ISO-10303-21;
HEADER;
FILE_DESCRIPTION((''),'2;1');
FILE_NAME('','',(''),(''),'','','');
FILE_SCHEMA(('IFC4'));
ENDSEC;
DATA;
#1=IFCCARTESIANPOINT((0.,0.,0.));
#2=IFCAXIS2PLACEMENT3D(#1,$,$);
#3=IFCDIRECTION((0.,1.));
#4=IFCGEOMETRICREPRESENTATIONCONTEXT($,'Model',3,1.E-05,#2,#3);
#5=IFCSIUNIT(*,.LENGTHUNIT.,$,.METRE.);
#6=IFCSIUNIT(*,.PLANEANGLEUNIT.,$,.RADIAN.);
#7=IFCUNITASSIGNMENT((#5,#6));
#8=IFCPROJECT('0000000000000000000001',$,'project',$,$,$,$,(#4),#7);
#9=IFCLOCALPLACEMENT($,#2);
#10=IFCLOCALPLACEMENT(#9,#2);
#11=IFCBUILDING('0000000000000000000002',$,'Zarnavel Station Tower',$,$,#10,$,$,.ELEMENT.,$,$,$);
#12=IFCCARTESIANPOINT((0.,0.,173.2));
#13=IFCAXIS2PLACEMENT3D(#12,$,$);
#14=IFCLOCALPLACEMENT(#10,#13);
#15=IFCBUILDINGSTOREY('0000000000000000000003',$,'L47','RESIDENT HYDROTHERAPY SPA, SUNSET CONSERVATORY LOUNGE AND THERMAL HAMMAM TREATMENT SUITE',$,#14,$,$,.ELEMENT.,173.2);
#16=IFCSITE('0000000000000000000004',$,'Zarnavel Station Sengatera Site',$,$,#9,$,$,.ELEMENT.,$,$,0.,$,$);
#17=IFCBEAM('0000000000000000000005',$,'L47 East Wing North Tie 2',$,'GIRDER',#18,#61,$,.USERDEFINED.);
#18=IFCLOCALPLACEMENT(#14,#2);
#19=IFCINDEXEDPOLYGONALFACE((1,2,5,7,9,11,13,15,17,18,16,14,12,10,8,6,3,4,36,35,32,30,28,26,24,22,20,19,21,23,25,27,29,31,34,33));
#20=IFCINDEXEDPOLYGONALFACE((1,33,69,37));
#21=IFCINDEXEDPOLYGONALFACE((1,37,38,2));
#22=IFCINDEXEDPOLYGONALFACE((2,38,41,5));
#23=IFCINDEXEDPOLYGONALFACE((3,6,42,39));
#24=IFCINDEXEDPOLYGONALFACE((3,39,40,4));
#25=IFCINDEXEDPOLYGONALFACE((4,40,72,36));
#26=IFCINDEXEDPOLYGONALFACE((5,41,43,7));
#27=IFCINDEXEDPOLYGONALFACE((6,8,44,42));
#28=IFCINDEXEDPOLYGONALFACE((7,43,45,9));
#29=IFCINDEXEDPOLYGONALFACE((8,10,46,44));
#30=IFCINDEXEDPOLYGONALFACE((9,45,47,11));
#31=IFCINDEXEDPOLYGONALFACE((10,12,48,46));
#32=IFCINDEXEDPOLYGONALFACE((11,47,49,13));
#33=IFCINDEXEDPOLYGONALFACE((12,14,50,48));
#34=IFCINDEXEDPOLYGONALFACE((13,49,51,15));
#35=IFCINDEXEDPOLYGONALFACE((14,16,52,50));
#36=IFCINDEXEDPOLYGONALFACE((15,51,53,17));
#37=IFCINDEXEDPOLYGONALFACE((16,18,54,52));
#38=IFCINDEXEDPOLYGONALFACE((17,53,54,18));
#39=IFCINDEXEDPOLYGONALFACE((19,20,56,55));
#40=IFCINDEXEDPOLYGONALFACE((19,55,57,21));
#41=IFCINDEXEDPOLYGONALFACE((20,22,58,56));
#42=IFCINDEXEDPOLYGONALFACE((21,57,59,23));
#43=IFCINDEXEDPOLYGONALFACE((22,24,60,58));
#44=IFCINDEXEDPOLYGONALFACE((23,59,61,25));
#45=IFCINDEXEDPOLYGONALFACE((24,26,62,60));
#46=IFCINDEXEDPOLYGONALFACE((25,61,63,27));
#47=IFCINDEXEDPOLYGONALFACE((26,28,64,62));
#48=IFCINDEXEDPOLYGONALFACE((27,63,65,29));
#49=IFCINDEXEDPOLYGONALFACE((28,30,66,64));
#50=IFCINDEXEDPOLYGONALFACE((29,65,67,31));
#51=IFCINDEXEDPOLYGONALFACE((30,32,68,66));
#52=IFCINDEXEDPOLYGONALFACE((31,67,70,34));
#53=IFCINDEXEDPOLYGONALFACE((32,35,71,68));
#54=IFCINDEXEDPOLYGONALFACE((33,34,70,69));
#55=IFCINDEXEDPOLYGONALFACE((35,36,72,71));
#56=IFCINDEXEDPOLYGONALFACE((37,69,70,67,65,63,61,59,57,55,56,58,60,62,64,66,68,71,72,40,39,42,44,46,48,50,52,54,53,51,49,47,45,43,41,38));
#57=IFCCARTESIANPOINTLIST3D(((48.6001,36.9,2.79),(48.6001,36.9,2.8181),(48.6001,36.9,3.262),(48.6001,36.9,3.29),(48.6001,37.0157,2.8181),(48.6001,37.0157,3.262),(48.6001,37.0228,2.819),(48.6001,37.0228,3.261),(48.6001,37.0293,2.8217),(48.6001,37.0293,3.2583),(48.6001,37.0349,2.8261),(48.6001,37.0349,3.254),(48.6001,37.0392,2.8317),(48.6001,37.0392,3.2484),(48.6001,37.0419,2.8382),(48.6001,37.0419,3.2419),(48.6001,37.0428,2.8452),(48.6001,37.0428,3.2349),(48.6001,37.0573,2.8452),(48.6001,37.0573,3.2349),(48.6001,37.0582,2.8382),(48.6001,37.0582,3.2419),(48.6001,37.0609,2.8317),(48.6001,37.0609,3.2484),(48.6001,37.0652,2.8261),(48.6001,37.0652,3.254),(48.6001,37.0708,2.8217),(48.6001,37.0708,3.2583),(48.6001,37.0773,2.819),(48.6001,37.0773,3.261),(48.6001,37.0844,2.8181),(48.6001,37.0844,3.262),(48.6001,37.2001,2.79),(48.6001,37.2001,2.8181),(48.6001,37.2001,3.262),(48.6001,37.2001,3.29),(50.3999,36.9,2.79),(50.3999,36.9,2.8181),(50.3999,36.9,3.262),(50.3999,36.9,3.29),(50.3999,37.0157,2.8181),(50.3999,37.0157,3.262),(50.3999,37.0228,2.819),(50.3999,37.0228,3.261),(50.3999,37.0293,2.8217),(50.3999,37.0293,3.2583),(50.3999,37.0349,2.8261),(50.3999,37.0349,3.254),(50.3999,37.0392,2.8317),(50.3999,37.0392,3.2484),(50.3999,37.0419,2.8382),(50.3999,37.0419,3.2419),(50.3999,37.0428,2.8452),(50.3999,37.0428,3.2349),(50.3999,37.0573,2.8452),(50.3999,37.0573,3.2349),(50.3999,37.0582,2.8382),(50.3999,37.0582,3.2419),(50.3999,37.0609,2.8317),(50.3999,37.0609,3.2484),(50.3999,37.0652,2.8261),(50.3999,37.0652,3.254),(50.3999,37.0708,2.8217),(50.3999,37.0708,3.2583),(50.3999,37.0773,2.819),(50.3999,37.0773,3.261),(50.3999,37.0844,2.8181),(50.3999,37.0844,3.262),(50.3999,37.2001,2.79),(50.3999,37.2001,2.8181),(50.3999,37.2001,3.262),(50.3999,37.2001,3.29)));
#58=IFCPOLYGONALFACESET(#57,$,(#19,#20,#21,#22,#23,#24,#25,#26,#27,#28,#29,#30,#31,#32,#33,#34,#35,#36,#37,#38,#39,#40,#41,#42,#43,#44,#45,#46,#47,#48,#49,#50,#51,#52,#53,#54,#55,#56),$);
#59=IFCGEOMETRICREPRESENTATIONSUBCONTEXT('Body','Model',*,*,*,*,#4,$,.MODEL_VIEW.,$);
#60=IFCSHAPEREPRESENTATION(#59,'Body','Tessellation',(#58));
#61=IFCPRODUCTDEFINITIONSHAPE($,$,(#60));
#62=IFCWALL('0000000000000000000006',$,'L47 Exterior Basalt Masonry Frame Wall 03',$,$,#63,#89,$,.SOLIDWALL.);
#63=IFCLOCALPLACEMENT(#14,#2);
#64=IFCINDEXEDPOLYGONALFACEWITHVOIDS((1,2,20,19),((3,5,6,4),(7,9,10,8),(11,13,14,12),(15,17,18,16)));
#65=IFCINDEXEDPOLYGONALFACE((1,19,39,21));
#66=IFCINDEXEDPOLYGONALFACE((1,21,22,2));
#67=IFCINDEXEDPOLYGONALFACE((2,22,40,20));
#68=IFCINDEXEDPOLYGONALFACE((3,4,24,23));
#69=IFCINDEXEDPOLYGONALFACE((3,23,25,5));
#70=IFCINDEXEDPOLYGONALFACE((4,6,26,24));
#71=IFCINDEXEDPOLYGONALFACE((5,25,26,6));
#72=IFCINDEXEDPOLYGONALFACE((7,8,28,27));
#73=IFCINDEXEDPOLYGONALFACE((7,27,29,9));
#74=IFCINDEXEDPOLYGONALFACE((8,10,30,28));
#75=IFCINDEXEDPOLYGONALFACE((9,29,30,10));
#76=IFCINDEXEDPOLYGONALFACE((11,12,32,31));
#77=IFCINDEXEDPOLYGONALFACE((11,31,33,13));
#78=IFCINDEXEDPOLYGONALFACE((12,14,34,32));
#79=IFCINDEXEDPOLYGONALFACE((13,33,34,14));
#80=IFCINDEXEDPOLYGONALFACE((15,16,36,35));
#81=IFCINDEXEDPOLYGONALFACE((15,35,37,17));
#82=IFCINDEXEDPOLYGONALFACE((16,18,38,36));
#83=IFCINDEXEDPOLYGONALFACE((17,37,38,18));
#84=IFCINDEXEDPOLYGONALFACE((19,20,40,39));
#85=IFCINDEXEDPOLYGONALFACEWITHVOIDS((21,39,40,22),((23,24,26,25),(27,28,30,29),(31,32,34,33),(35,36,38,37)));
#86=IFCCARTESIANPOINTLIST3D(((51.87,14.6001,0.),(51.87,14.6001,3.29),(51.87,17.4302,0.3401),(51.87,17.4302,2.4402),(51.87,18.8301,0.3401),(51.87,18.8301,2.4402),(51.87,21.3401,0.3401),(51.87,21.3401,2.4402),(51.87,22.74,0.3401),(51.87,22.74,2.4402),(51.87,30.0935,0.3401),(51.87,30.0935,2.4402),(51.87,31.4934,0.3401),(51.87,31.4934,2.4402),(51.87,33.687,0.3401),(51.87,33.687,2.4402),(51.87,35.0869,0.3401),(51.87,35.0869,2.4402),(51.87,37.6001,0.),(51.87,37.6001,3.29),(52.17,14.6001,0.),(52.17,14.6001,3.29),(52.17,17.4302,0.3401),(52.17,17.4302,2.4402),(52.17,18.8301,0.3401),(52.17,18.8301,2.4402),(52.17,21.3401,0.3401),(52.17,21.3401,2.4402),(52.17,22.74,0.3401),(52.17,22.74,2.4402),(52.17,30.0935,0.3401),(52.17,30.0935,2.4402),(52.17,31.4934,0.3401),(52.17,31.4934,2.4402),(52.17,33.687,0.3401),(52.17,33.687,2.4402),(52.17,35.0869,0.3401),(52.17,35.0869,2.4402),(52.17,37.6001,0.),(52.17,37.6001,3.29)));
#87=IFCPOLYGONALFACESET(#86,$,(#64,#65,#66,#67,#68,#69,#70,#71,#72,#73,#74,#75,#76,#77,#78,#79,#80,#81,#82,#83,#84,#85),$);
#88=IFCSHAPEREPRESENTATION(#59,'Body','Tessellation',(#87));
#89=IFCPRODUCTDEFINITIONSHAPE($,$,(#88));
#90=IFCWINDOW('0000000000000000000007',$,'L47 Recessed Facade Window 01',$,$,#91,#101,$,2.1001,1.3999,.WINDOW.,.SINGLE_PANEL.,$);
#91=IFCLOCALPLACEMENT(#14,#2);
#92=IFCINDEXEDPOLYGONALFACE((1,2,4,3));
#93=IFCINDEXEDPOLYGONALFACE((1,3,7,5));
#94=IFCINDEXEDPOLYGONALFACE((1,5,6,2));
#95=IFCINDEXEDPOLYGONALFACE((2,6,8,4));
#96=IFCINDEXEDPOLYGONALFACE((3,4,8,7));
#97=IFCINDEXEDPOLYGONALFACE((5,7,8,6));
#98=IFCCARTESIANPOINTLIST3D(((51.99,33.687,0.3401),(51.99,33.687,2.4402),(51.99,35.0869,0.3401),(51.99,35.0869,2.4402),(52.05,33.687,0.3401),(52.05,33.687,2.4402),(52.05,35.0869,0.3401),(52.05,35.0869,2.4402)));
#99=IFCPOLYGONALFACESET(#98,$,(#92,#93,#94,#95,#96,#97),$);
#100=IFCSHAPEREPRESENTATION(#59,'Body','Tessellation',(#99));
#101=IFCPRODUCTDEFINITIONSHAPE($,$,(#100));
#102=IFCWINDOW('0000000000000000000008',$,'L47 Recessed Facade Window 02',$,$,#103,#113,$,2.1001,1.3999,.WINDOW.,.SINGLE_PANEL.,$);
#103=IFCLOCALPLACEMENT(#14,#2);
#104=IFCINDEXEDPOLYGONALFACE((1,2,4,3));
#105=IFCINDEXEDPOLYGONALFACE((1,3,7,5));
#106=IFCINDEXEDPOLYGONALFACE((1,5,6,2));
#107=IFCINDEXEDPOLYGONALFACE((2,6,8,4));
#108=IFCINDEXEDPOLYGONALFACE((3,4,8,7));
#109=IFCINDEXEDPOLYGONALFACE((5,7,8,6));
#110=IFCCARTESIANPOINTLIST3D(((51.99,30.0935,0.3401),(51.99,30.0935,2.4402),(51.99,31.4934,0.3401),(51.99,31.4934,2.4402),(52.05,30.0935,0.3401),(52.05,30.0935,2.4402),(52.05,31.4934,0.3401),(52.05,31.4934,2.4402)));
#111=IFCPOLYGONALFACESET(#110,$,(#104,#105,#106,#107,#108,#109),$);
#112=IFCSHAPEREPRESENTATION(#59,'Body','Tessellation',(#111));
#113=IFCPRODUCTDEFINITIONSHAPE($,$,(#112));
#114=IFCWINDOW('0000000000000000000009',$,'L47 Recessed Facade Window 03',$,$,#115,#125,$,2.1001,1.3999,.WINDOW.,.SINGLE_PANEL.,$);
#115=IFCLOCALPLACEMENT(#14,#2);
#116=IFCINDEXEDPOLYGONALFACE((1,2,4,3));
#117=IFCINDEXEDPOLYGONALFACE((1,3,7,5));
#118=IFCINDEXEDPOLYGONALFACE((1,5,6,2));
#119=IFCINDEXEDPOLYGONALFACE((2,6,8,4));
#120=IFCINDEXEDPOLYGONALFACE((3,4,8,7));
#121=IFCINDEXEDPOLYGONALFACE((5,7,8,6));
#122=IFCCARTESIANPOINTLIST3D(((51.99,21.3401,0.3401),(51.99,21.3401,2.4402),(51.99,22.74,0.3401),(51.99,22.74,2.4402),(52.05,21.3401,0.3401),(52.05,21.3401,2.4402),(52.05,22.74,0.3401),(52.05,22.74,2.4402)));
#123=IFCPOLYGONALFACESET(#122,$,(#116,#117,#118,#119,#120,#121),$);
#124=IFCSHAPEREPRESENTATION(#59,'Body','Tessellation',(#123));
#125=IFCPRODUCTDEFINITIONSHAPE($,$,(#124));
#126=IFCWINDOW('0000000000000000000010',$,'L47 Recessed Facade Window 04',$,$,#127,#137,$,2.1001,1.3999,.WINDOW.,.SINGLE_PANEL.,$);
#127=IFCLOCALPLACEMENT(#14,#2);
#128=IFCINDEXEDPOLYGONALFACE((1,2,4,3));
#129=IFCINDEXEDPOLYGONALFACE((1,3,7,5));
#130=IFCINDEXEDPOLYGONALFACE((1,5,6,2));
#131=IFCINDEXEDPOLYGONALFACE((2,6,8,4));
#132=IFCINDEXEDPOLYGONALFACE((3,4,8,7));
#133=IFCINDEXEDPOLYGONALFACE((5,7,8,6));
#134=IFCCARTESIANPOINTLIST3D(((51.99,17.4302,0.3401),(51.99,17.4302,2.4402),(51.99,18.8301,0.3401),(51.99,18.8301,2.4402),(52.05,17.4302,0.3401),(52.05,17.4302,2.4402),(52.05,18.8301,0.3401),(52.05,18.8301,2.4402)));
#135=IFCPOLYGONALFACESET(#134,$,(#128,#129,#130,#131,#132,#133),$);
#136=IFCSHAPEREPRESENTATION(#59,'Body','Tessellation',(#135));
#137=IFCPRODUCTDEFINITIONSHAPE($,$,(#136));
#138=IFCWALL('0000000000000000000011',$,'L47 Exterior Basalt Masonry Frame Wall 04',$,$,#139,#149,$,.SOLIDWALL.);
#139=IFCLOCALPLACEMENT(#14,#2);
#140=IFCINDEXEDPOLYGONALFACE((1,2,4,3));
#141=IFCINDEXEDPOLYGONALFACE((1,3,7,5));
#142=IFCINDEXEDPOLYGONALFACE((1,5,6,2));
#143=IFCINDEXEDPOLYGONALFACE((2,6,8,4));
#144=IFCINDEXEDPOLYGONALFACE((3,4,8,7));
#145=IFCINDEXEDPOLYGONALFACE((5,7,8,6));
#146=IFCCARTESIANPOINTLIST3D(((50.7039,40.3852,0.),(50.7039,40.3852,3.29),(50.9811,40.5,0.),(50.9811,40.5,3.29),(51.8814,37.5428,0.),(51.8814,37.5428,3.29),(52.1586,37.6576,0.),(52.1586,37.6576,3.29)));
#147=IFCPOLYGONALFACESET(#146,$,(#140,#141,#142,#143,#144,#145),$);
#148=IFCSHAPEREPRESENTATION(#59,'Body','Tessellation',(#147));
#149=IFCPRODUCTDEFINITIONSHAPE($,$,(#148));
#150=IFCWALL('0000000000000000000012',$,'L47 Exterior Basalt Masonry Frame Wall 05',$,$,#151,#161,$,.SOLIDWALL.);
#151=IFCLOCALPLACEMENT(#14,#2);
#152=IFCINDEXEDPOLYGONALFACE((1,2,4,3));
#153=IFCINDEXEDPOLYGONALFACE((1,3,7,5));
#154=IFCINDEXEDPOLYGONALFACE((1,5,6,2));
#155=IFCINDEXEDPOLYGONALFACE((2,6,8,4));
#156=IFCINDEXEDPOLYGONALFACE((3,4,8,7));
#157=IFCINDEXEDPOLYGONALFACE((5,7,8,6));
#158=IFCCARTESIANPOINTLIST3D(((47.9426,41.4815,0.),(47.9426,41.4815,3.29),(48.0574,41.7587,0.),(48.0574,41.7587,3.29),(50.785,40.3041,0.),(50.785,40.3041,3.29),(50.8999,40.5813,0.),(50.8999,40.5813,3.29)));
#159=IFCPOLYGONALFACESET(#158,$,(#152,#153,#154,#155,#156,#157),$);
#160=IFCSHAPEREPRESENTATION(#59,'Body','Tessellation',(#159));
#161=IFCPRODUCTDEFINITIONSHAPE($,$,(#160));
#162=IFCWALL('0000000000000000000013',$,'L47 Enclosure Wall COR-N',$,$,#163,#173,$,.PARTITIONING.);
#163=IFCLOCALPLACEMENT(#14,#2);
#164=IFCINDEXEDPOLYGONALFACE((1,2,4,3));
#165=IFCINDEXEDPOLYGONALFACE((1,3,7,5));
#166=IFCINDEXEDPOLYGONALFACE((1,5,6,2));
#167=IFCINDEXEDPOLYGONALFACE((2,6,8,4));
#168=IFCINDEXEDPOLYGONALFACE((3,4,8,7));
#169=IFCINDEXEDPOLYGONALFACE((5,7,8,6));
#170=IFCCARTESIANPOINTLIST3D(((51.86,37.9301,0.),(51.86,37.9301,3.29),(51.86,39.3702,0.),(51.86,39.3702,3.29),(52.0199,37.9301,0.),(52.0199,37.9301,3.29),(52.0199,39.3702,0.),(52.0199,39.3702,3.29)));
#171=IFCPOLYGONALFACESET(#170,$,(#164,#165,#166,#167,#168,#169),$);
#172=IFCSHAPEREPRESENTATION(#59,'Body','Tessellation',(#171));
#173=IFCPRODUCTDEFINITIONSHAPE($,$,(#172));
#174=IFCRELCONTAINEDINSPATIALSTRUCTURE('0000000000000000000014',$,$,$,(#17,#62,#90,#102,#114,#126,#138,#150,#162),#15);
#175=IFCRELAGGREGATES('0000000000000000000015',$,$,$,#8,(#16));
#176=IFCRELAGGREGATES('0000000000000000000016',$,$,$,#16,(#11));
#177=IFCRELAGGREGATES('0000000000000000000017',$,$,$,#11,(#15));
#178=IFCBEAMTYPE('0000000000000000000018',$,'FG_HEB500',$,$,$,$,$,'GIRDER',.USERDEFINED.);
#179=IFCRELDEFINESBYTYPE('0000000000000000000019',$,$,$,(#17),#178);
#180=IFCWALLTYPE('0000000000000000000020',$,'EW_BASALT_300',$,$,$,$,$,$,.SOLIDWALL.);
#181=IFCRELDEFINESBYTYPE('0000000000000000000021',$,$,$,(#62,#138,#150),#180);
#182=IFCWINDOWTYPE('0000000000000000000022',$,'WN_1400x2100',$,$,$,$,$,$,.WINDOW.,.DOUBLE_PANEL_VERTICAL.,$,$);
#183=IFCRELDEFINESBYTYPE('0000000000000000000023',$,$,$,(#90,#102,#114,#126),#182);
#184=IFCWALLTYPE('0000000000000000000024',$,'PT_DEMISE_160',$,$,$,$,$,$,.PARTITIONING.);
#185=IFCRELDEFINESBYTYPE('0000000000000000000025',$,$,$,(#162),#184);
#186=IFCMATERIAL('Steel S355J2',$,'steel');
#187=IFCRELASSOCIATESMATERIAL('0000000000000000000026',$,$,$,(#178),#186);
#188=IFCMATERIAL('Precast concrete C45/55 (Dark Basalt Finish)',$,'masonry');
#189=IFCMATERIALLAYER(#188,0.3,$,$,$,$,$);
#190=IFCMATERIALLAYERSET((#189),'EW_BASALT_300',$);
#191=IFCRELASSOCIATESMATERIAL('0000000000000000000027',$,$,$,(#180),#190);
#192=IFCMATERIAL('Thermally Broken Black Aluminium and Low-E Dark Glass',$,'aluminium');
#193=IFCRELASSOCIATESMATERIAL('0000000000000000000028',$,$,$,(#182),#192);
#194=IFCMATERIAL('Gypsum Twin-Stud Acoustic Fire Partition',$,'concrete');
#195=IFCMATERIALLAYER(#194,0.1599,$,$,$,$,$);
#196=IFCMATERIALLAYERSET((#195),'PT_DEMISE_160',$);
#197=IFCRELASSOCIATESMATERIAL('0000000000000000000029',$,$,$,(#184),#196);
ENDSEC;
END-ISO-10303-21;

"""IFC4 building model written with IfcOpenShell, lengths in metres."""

from ifc_helpers import new_model, si_unit, direction, frame, frame_2d, origin, origin_2d, place, context, subcontext, project, spatial, rectangle, i_section, extrude, material, layer, layer_set, material_profile, profile_set, type_object, element, fill, save


model = new_model("IFC4")

# Units and contexts
model_context = context("Model", 3, precision=1e-05, world=origin(), true_north=direction((0.0, 1.0)))
body_context = subcontext(model_context, "Body", "Model", "MODEL_VIEW")
ifc_project = project(units=[si_unit("LENGTHUNIT", "METRE"), si_unit("PLANEANGLEUNIT", "RADIAN")], contexts=[model_context])

# Site, building, storey
site_placement = place(None, origin())
site = spatial("IfcSite", under=ifc_project, at=site_placement, Name="Zarnavel Station Sengatera Site", CompositionType="ELEMENT", RefElevation=0.0)
building_placement = place(site_placement, origin())
building = spatial("IfcBuilding", under=site, at=building_placement, Name="Zarnavel Station Tower", CompositionType="ELEMENT")
storey_placement = place(building_placement, frame((0.0, 0.0, 173.2)))
storey = spatial("IfcBuildingStorey", under=building, at=storey_placement, Name="L47", Description="RESIDENT HYDROTHERAPY SPA, SUNSET CONSERVATORY LOUNGE AND THERMAL HAMMAM TREATMENT SUITE", CompositionType="ELEMENT", Elevation=173.2)

# Beam
ifc_material_1 = material(Name="Steel S355J2", Category="steel")
ifc_material_profile_1 = material_profile(ifc_material_1, i_section(OverallWidth=0.3, OverallDepth=0.5, WebThickness=0.0144, FlangeThickness=0.0281, FilletRadius=0.0271, at=origin_2d()), Name="HEB500")
ifc_profile_set_1 = profile_set([ifc_material_profile_1], Name="Steel S355J2")
beam_type = type_object("IfcBeamType", Name="FG_HEB500", ElementType="GIRDER", PredefinedType="USERDEFINED", material=ifc_profile_set_1)
beam_1_placement = place(storey_placement, frame((48.6001, 37.05, 3.04), z_axis=(1.0, 0.0, 0.0), x_axis=(0.0, 1.0, 0.0)))
element("IfcBeam", 1, at=beam_1_placement, inside=storey, type_object=beam_type, Name="L47 East Wing North Tie 2", ObjectType="GIRDER", PredefinedType="USERDEFINED", context=body_context, shape_type="SweptSolid", body=[
    extrude(i_section(OverallWidth=0.3, OverallDepth=0.5, WebThickness=0.0144, FlangeThickness=0.0281, FilletRadius=0.0271, at=origin_2d()), origin(), (0.0, 0.0, 1.0), 1.7998),
])

# Wall, openings, windows
ifc_material_2 = material(Name="Precast concrete C45/55 (Dark Basalt Finish)", Category="masonry")
ifc_layer_1 = layer(ifc_material_2, 0.3)
ifc_layer_set_1 = layer_set([ifc_layer_1], Name="EW_BASALT_300")
wall_type_1 = type_object("IfcWallType", Name="EW_BASALT_300", PredefinedType="SOLIDWALL", material=ifc_layer_set_1)
wall_1_placement = place(storey_placement, frame((52.02, 37.6001, 0.0), z_axis=(0.0, 0.0, 1.0), x_axis=(0.0, -1.0, 0.0)))
wall_1 = element("IfcWall", 2, at=wall_1_placement, inside=storey, type_object=wall_type_1, Name="L47 Exterior Basalt Masonry Frame Wall 03", PredefinedType="SOLIDWALL", context=body_context, shape_type="SweptSolid", body=[
    extrude(rectangle(XDim=23.0, YDim=0.3, at=frame_2d((11.5, 0.0))), origin(), (0.0, 0.0, 1.0), 3.29),
])
opening_1_placement = place(wall_1_placement, frame((2.5132, 0.0, 0.3401)))
opening_1 = element("IfcOpeningElement", 3, at=opening_1_placement, cuts=wall_1, PredefinedType="OPENING", context=body_context, shape_type="SweptSolid", body=[
    extrude(rectangle(XDim=1.3999, YDim=2.1001, at=frame_2d((0.7, 1.05))), frame((0.0, 0.1599, 0.0), z_axis=(0.0, -1.0, 0.0), x_axis=(1.0, 0.0, 0.0)), (0.0, 0.0, 1.0), 0.3201),
])
opening_2_placement = place(wall_1_placement, frame((6.1067, 0.0, 0.3401)))
opening_2 = element("IfcOpeningElement", 4, at=opening_2_placement, cuts=wall_1, PredefinedType="OPENING", context=body_context, shape_type="SweptSolid", body=[
    extrude(rectangle(XDim=1.3999, YDim=2.1001, at=frame_2d((0.7, 1.05))), frame((0.0, 0.1599, 0.0), z_axis=(0.0, -1.0, 0.0), x_axis=(1.0, 0.0, 0.0)), (0.0, 0.0, 1.0), 0.3201),
])
opening_3_placement = place(wall_1_placement, frame((14.8601, 0.0, 0.3401)))
opening_3 = element("IfcOpeningElement", 5, at=opening_3_placement, cuts=wall_1, PredefinedType="OPENING", context=body_context, shape_type="SweptSolid", body=[
    extrude(rectangle(XDim=1.3999, YDim=2.1001, at=frame_2d((0.7, 1.05))), frame((0.0, 0.1599, 0.0), z_axis=(0.0, -1.0, 0.0), x_axis=(1.0, 0.0, 0.0)), (0.0, 0.0, 1.0), 0.3201),
])
opening_4_placement = place(wall_1_placement, frame((18.77, 0.0, 0.3401)))
opening_4 = element("IfcOpeningElement", 6, at=opening_4_placement, cuts=wall_1, PredefinedType="OPENING", context=body_context, shape_type="SweptSolid", body=[
    extrude(rectangle(XDim=1.3999, YDim=2.1001, at=frame_2d((0.7, 1.05))), frame((0.0, 0.1599, 0.0), z_axis=(0.0, -1.0, 0.0), x_axis=(1.0, 0.0, 0.0)), (0.0, 0.0, 1.0), 0.3201),
])
ifc_material_3 = material(Name="Thermally Broken Black Aluminium and Low-E Dark Glass", Category="aluminium")
window_type = type_object("IfcWindowType", Name="WN_1400x2100", PartitioningType="DOUBLE_PANEL_VERTICAL", PredefinedType="WINDOW", material=ifc_material_3)
window_1_placement = place(opening_1_placement, origin())
window_1 = element("IfcWindow", 7, at=window_1_placement, inside=storey, type_object=window_type, Name="L47 Recessed Facade Window 01", OverallHeight=2.1001, OverallWidth=1.3999, PartitioningType="SINGLE_PANEL", PredefinedType="WINDOW", context=body_context, shape_type="SweptSolid", body=[
    extrude(rectangle(XDim=1.3999, YDim=2.1001, at=frame_2d((0.7, 1.05))), frame((0.0, 0.03, 0.0), z_axis=(0.0, -1.0, 0.0), x_axis=(1.0, 0.0, 0.0)), (0.0, 0.0, 1.0), 0.0601),
])
fill(opening_1, window_1)
window_2_placement = place(opening_2_placement, origin())
window_2 = element("IfcWindow", 8, at=window_2_placement, inside=storey, type_object=window_type, Name="L47 Recessed Facade Window 02", OverallHeight=2.1001, OverallWidth=1.3999, PartitioningType="SINGLE_PANEL", PredefinedType="WINDOW", context=body_context, shape_type="SweptSolid", body=[
    extrude(rectangle(XDim=1.3999, YDim=2.1001, at=frame_2d((0.7, 1.05))), frame((0.0, 0.03, 0.0), z_axis=(0.0, -1.0, 0.0), x_axis=(1.0, 0.0, 0.0)), (0.0, 0.0, 1.0), 0.0601),
])
fill(opening_2, window_2)
window_3_placement = place(opening_3_placement, origin())
window_3 = element("IfcWindow", 9, at=window_3_placement, inside=storey, type_object=window_type, Name="L47 Recessed Facade Window 03", OverallHeight=2.1001, OverallWidth=1.3999, PartitioningType="SINGLE_PANEL", PredefinedType="WINDOW", context=body_context, shape_type="SweptSolid", body=[
    extrude(rectangle(XDim=1.3999, YDim=2.1001, at=frame_2d((0.7, 1.05))), frame((0.0, 0.03, 0.0), z_axis=(0.0, -1.0, 0.0), x_axis=(1.0, 0.0, 0.0)), (0.0, 0.0, 1.0), 0.0601),
])
fill(opening_3, window_3)
window_4_placement = place(opening_4_placement, origin())
window_4 = element("IfcWindow", 10, at=window_4_placement, inside=storey, type_object=window_type, Name="L47 Recessed Facade Window 04", OverallHeight=2.1001, OverallWidth=1.3999, PartitioningType="SINGLE_PANEL", PredefinedType="WINDOW", context=body_context, shape_type="SweptSolid", body=[
    extrude(rectangle(XDim=1.3999, YDim=2.1001, at=frame_2d((0.7, 1.05))), frame((0.0, 0.03, 0.0), z_axis=(0.0, -1.0, 0.0), x_axis=(1.0, 0.0, 0.0)), (0.0, 0.0, 1.0), 0.0601),
])
fill(opening_4, window_4)

# Walls
for number, where, z_axis, x_axis, name in (
    (11, (50.8425, 40.4426, 0.0), (0.0, 0.0, 1.0), (0.382705, -0.923871, 0.0), "L47 Exterior Basalt Masonry Frame Wall 04"),
    (12, (48.0, 41.6201, 0.0), (0.0, 0.0, 1.0), (0.923871, -0.382705, 0.0), "L47 Exterior Basalt Masonry Frame Wall 05"),
):
    element("IfcWall", number, at=place(storey_placement, frame(where, z_axis=z_axis, x_axis=x_axis)), inside=storey, type_object=wall_type_1, Name=name, PredefinedType="SOLIDWALL", context=body_context, shape_type="SweptSolid", body=[
        extrude(rectangle(XDim=3.0767, YDim=0.3, at=frame_2d((1.5383, 0.0))), origin(), (0.0, 0.0, 1.0), 3.29),
    ])
ifc_material_4 = material(Name="Gypsum Twin-Stud Acoustic Fire Partition", Category="concrete")
ifc_layer_2 = layer(ifc_material_4, 0.1599)
ifc_layer_set_2 = layer_set([ifc_layer_2], Name="PT_DEMISE_160")
wall_type_2 = type_object("IfcWallType", Name="PT_DEMISE_160", PredefinedType="PARTITIONING", material=ifc_layer_set_2)
wall_2_placement = place(storey_placement, frame((51.9399, 37.9299, 0.0), z_axis=(0.0, 0.0, 1.0), x_axis=(0.0, 1.0, 0.0)))
element("IfcWall", 13, at=wall_2_placement, inside=storey, type_object=wall_type_2, Name="L47 Enclosure Wall COR-N", PredefinedType="PARTITIONING", context=body_context, shape_type="SweptSolid", body=[
    extrude(rectangle(XDim=1.4402, YDim=0.1599, at=frame_2d((0.7202, 0.0))), origin(), (0.0, 0.0, 1.0), 3.29),
])

save(model, "model.ifc")
